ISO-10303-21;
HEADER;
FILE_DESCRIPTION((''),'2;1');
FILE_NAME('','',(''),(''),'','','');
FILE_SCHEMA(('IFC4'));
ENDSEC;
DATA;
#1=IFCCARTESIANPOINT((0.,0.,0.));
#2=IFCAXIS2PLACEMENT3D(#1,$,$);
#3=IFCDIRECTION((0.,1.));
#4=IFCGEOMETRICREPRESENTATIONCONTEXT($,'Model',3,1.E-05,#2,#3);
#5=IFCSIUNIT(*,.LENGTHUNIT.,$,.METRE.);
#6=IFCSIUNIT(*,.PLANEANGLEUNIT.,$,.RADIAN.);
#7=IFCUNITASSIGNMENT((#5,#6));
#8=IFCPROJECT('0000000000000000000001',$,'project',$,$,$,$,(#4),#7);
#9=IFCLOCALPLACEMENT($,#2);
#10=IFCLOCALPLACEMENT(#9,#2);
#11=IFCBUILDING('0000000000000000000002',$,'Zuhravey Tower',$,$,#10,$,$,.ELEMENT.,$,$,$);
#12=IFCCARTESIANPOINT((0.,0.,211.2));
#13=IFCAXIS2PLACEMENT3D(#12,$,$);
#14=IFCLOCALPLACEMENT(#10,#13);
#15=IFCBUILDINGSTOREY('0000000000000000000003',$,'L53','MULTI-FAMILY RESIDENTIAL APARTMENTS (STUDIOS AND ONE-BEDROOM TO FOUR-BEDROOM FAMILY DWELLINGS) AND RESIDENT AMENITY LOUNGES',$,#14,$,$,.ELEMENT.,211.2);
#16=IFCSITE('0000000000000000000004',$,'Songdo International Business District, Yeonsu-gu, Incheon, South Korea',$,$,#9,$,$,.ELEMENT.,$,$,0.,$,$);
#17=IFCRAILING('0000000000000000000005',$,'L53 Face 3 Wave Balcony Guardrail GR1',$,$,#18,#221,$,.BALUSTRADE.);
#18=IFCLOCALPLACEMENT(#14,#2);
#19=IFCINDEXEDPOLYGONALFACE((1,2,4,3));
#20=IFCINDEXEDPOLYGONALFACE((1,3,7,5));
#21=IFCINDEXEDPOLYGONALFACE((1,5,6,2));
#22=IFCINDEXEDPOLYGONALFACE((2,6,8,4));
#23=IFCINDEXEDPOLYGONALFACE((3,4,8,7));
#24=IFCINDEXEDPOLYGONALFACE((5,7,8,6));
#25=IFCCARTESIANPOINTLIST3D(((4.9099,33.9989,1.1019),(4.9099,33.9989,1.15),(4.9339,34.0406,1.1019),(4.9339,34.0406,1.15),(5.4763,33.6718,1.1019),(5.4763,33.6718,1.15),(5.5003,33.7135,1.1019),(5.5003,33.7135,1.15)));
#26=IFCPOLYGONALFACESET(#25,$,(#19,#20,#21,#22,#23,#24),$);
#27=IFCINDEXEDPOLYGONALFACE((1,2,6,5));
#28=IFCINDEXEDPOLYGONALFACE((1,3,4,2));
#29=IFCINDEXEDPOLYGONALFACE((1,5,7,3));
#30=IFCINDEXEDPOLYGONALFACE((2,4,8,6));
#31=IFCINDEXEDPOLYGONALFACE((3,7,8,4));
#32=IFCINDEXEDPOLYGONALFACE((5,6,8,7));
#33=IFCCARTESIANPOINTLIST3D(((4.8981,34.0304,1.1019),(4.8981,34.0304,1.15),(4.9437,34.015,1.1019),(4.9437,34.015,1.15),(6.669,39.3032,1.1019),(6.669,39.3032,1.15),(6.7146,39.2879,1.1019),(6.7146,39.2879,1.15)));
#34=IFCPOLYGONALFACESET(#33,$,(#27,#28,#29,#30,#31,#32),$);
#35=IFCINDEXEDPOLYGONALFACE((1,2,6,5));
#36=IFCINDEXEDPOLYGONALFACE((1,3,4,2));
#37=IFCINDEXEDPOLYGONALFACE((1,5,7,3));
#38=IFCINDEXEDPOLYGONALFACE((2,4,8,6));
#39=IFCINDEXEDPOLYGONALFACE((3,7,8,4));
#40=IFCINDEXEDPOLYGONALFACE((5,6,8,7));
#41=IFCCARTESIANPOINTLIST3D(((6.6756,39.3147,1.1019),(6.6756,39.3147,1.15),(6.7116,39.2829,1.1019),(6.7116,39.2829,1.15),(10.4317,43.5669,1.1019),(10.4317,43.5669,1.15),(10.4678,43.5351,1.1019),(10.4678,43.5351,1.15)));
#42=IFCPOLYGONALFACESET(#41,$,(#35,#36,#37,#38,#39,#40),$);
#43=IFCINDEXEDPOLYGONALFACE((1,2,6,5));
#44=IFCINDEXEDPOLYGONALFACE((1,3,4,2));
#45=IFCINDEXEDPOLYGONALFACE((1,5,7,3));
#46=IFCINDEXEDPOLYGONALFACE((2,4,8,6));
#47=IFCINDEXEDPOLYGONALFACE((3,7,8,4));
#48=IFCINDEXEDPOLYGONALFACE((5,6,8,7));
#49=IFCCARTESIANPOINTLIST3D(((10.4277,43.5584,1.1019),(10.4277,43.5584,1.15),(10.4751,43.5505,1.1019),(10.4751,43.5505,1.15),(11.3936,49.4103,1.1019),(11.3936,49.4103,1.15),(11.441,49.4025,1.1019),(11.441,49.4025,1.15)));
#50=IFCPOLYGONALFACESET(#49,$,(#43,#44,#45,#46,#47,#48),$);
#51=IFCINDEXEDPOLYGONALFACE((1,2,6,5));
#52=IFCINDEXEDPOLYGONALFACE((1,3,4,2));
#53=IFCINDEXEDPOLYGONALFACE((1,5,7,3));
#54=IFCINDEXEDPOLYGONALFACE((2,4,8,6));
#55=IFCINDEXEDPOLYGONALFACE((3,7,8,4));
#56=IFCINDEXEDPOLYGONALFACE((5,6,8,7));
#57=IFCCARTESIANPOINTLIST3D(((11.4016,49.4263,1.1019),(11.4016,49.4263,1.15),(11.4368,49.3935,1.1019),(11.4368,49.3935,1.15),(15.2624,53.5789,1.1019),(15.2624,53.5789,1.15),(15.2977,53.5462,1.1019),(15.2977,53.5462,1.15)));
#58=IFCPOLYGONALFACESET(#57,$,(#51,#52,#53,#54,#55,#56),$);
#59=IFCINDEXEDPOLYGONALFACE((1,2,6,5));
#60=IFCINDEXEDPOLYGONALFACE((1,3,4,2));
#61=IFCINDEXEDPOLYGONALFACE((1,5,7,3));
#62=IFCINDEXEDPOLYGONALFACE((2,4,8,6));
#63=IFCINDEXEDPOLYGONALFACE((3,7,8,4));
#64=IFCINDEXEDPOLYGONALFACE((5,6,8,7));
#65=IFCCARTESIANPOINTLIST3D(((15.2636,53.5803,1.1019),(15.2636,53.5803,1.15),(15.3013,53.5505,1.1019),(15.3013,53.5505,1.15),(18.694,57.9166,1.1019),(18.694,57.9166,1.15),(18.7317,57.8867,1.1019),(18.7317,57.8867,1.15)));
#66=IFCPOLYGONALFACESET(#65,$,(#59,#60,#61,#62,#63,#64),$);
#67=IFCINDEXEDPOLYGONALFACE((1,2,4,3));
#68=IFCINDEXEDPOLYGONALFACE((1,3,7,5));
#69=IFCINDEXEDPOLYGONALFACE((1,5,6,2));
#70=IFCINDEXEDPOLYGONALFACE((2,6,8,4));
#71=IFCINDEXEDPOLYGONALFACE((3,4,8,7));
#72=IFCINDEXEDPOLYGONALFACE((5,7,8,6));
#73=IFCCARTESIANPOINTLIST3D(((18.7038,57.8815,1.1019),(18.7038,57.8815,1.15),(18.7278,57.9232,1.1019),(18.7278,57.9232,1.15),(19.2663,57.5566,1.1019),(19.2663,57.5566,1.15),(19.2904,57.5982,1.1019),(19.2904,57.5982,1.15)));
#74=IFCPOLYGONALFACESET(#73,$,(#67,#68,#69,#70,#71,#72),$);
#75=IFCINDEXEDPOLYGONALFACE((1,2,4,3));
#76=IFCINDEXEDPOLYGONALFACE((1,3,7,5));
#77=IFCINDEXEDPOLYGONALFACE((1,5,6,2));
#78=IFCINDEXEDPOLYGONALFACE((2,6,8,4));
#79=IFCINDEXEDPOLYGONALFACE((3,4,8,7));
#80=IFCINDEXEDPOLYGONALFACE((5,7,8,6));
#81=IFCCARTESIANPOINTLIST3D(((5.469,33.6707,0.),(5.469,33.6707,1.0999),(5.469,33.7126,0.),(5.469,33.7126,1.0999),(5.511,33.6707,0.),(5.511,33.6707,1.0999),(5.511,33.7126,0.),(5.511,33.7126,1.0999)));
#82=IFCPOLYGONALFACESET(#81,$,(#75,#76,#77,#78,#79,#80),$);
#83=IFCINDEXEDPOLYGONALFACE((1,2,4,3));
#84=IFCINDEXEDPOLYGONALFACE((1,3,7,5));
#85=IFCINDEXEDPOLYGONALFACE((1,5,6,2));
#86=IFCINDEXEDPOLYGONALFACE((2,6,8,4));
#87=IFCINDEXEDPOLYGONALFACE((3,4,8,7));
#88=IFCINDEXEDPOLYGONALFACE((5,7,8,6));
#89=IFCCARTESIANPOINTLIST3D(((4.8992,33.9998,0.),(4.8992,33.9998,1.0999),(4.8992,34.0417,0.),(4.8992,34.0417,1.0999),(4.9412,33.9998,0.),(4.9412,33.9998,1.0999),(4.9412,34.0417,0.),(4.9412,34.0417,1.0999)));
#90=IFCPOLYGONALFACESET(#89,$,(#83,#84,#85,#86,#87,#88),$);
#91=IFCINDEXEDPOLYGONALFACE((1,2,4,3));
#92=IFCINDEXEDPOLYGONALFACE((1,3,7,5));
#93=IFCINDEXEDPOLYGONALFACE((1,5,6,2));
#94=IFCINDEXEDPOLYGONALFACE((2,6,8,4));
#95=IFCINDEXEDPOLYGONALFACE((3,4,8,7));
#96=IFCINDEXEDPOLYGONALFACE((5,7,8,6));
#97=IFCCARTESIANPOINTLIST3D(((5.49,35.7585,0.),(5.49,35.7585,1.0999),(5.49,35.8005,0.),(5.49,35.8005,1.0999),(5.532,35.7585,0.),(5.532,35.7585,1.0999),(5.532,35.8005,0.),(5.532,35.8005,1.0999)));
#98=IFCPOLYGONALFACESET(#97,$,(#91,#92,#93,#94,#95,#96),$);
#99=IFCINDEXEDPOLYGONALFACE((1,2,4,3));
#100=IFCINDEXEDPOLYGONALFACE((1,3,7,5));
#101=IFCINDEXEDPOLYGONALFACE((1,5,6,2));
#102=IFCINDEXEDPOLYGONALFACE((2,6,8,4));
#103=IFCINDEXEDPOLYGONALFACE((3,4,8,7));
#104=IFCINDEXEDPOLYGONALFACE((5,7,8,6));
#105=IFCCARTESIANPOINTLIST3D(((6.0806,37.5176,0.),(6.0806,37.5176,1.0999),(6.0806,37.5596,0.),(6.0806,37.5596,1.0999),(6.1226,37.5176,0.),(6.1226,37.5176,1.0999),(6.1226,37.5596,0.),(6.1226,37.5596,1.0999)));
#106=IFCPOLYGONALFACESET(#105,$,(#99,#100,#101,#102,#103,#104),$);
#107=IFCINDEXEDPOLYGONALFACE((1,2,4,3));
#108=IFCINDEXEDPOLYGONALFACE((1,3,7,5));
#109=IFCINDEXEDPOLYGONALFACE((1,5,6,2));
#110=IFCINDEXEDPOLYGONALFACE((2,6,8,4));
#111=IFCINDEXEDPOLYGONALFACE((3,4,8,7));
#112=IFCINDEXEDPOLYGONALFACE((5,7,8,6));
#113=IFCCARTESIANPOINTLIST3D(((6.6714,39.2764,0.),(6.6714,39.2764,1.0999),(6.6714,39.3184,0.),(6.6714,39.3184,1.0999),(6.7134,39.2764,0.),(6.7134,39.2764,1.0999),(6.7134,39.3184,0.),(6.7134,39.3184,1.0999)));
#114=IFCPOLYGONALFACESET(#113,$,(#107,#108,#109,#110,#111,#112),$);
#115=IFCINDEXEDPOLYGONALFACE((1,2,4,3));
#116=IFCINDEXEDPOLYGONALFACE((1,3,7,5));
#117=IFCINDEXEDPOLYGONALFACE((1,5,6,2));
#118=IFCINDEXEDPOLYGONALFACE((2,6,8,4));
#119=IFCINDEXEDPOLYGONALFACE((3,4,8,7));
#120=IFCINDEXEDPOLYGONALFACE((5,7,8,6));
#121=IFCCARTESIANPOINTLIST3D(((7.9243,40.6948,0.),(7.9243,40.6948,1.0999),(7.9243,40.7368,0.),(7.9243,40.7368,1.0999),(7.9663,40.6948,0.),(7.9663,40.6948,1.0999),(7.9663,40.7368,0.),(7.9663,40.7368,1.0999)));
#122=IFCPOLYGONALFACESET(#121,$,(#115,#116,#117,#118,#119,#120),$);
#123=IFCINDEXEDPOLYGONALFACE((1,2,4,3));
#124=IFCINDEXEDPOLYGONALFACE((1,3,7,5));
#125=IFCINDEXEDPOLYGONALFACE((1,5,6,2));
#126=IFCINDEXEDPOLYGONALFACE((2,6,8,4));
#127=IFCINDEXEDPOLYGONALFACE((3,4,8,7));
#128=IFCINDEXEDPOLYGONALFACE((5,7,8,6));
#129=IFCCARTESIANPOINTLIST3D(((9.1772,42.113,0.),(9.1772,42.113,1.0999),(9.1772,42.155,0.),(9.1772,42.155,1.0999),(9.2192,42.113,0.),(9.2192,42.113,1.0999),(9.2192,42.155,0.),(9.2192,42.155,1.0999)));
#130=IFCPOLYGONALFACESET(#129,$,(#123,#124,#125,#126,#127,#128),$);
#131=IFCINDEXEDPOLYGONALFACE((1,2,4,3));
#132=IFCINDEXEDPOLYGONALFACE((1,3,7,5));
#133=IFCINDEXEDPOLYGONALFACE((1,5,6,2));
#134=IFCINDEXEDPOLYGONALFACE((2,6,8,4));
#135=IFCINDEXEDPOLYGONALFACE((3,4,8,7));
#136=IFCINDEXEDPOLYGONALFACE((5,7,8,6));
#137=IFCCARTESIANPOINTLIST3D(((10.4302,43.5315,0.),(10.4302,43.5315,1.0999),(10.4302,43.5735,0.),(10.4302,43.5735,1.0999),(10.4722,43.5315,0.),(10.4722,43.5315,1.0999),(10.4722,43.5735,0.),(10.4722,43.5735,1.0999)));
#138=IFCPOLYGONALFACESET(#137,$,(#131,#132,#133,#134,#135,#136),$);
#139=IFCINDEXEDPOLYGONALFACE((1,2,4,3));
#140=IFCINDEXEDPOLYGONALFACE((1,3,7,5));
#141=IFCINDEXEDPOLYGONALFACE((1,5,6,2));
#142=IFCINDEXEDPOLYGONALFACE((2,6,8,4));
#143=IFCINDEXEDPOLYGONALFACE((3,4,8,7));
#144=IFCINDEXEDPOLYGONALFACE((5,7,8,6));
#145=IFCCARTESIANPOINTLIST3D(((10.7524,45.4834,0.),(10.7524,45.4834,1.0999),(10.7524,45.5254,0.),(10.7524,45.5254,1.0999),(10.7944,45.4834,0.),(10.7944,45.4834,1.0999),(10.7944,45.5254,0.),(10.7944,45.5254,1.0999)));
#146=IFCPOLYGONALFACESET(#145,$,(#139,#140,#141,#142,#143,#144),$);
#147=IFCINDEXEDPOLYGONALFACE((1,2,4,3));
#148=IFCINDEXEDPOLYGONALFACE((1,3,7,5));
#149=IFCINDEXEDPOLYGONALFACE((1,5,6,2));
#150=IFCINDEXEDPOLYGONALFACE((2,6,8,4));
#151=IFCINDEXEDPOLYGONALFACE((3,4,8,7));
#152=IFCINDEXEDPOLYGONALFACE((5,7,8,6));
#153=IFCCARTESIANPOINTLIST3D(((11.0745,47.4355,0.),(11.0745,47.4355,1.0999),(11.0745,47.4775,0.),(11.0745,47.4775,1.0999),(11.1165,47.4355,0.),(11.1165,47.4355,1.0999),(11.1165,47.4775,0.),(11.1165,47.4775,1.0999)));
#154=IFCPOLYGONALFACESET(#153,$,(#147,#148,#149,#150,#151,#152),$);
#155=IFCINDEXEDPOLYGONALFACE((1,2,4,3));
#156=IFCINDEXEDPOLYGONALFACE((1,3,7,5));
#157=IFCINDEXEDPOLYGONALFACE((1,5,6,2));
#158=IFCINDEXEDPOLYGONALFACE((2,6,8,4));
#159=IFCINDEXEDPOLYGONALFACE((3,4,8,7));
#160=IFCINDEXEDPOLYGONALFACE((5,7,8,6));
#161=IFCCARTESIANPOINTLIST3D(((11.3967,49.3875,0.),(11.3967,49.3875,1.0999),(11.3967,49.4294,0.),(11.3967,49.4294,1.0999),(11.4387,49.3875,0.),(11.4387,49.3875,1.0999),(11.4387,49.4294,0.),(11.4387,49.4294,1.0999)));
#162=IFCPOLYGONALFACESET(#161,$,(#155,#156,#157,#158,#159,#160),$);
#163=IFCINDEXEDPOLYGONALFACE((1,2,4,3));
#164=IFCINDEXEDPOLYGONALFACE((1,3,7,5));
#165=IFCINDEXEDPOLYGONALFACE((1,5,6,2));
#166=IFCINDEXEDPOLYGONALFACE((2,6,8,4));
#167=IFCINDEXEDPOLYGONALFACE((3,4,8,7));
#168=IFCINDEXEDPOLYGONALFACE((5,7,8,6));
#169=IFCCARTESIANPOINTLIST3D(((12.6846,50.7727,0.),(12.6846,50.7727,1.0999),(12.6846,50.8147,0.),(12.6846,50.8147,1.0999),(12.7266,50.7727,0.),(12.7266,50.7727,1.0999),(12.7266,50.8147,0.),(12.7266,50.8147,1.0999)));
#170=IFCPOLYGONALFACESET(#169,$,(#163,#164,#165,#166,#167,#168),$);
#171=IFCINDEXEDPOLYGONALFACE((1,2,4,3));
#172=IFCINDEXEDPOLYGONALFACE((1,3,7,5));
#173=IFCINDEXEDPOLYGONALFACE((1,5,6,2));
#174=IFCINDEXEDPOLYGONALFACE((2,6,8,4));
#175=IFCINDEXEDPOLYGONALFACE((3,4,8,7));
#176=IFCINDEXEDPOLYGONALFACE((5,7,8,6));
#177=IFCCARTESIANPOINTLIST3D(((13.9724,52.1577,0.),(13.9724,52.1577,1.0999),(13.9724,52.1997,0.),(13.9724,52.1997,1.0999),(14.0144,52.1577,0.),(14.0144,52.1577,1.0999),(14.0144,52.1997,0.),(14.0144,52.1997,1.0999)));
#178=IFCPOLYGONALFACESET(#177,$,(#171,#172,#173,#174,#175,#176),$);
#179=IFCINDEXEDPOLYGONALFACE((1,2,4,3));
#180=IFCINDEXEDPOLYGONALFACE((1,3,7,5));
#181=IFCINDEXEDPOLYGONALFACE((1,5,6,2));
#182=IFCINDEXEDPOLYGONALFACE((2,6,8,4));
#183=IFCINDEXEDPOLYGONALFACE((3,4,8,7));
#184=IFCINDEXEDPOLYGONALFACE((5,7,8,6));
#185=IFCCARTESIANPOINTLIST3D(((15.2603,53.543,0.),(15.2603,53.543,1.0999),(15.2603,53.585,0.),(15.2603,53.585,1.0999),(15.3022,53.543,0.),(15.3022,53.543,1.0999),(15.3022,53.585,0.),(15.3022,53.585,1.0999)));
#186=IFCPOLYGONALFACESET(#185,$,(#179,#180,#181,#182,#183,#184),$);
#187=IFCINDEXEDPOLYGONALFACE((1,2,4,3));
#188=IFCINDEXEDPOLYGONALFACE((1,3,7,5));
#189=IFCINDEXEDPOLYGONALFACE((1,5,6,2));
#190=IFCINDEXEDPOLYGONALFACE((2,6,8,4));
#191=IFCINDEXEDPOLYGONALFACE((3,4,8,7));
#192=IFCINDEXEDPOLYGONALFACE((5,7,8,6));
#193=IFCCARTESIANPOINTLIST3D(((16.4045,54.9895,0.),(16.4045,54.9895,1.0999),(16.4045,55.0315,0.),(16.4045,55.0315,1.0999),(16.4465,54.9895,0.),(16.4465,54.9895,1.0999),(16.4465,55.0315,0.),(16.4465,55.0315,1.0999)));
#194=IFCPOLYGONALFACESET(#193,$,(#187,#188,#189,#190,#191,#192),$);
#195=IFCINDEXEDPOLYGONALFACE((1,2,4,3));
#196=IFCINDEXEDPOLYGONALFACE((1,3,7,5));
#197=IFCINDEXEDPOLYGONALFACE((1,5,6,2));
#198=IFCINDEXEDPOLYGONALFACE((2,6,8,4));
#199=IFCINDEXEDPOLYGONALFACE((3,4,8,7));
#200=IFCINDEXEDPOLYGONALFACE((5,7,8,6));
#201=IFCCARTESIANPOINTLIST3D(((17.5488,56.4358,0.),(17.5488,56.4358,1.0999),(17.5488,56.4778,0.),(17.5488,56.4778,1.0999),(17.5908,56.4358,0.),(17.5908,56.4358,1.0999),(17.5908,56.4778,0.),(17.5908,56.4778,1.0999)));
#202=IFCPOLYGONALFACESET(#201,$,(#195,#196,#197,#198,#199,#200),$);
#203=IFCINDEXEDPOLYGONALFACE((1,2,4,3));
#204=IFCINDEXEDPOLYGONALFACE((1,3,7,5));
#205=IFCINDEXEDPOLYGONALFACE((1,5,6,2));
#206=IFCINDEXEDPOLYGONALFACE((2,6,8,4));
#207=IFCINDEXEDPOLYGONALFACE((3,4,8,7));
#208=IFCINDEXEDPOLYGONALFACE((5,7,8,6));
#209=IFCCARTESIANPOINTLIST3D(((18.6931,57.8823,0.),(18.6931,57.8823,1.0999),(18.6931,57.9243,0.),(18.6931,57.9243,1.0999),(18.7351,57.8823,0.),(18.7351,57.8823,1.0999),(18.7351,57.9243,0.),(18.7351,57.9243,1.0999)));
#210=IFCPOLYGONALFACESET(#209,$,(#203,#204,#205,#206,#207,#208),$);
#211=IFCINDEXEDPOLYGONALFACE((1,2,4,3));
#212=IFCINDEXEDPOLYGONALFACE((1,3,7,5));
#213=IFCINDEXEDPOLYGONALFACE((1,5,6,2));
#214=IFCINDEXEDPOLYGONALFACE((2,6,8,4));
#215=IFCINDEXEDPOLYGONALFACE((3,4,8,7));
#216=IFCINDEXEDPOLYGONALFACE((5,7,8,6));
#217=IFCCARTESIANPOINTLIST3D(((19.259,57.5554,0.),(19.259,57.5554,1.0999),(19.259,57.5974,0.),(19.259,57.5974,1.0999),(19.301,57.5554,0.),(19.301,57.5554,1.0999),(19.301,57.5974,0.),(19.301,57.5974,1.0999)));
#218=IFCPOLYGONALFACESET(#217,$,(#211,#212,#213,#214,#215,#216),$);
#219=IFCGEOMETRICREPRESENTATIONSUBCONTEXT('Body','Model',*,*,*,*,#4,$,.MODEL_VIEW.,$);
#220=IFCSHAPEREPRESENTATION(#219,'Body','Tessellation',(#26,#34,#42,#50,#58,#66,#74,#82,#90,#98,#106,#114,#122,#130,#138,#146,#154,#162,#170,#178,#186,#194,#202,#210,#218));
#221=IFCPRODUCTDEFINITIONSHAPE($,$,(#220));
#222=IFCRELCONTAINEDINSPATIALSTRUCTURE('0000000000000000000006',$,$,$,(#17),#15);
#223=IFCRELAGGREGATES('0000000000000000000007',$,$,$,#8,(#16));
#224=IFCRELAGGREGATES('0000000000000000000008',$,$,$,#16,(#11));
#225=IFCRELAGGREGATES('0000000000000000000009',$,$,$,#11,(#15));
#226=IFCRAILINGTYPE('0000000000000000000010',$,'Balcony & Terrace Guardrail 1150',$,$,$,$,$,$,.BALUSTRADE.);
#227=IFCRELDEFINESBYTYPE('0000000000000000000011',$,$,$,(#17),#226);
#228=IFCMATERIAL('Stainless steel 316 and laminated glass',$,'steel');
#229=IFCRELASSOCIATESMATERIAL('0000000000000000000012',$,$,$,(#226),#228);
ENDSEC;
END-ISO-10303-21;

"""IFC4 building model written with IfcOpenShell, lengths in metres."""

from ifc_helpers import new_model, si_unit, direction, frame, origin, origin_2d, place, context, subcontext, project, spatial, rectangle, extrude, material, type_object, element, save


model = new_model("IFC4")

# Units and contexts
model_context = context("Model", 3, precision=1e-05, world=origin(), true_north=direction((0.0, 1.0)))
body_context = subcontext(model_context, "Body", "Model", "MODEL_VIEW")
ifc_project = project(units=[si_unit("LENGTHUNIT", "METRE"), si_unit("PLANEANGLEUNIT", "RADIAN")], contexts=[model_context])

# Site, building, storey
site_placement = place(None, origin())
site = spatial("IfcSite", under=ifc_project, at=site_placement, Name="Songdo International Business District, Yeonsu-gu, Incheon, South Korea", CompositionType="ELEMENT", RefElevation=0.0)
building_placement = place(site_placement, origin())
building = spatial("IfcBuilding", under=site, at=building_placement, Name="Zuhravey Tower", CompositionType="ELEMENT")
storey_placement = place(building_placement, frame((0.0, 0.0, 211.2)))
storey = spatial("IfcBuildingStorey", under=building, at=storey_placement, Name="L53", Description="MULTI-FAMILY RESIDENTIAL APARTMENTS (STUDIOS AND ONE-BEDROOM TO FOUR-BEDROOM FAMILY DWELLINGS) AND RESIDENT AMENITY LOUNGES", CompositionType="ELEMENT", Elevation=211.2)

# Railing
ifc_material_1 = material(Name="Stainless steel 316 and laminated glass", Category="steel")
railing_type = type_object("IfcRailingType", Name="Balcony & Terrace Guardrail 1150", PredefinedType="BALUSTRADE", material=ifc_material_1)
railing_placement = place(storey_placement, frame((5.49, 33.6917, 0.0)))
element("IfcRailing", 1, at=railing_placement, inside=storey, type_object=railing_type, Name="L53 Face 3 Wave Balcony Guardrail GR1", PredefinedType="BALUSTRADE", context=body_context, shape_type="SweptSolid", body=[
    extrude(rectangle(XDim=0.0481, YDim=0.0481, at=origin_2d()), frame((-0.0017, 0.001, 1.126), z_axis=(-0.865951, 0.500129, 0.0), x_axis=(-0.500129, -0.865951, 0.0)), (0.0, 0.0, 1.0), 0.6541),
    extrude(rectangle(XDim=0.0481, YDim=0.0481, at=origin_2d()), frame((-0.5691, 0.3311, 1.126), z_axis=(0.318385, 0.947962, 0.0), x_axis=(-0.947962, 0.318385, 0.0)), (0.0, 0.0, 1.0), 5.5623),
    extrude(rectangle(XDim=0.0481, YDim=0.0481, at=origin_2d()), frame((1.2036, 5.6072, 1.126), z_axis=(0.662044, 0.749465, 0.0), x_axis=(-0.749465, 0.662044, 0.0)), (0.0, 0.0, 1.0), 5.6736),
    extrude(rectangle(XDim=0.0481, YDim=0.0481, at=origin_2d()), frame((4.9614, 9.8628, 1.126), z_axis=(0.162851, 0.986651, 0.0), x_axis=(-0.986651, 0.162851, 0.0)), (0.0, 0.0, 1.0), 5.9312),
    extrude(rectangle(XDim=0.0481, YDim=0.0481, at=origin_2d()), frame((5.9292, 15.7183, 1.126), z_axis=(0.680908, 0.732369, 0.0), x_axis=(-0.732369, 0.680908, 0.0)), (0.0, 0.0, 1.0), 5.6702),
    extrude(rectangle(XDim=0.0481, YDim=0.0481, at=origin_2d()), frame((9.7925, 19.8738, 1.126), z_axis=(0.620429, 0.784262, 0.0), x_axis=(-0.784262, 0.620429, 0.0)), (0.0, 0.0, 1.0), 5.5291),
    extrude(rectangle(XDim=0.0481, YDim=0.0481, at=origin_2d()), frame((13.2258, 24.2107, 1.126), z_axis=(0.865912, -0.500197, 0.0), x_axis=(0.500197, 0.865912, 0.0)), (0.0, 0.0, 1.0), 0.6497),
    extrude(rectangle(XDim=0.042, YDim=0.042, at=origin_2d()), origin(), (0.0, 0.0, 1.0), 1.0999),
    extrude(rectangle(XDim=0.042, YDim=0.042, at=origin_2d()), frame((-0.5698, 0.3291, 0.0)), (0.0, 0.0, 1.0), 1.0999),
    extrude(rectangle(XDim=0.042, YDim=0.042, at=origin_2d()), frame((0.021, 2.0879, 0.0)), (0.0, 0.0, 1.0), 1.0999),
    extrude(rectangle(XDim=0.042, YDim=0.042, at=origin_2d()), frame((0.6116, 3.8469, 0.0)), (0.0, 0.0, 1.0), 1.0999),
    extrude(rectangle(XDim=0.042, YDim=0.042, at=origin_2d()), frame((1.2024, 5.6057, 0.0)), (0.0, 0.0, 1.0), 1.0999),
    extrude(rectangle(XDim=0.042, YDim=0.042, at=origin_2d()), frame((2.4553, 7.0242, 0.0)), (0.0, 0.0, 1.0), 1.0999),
    extrude(rectangle(XDim=0.042, YDim=0.042, at=origin_2d()), frame((3.7083, 8.4424, 0.0)), (0.0, 0.0, 1.0), 1.0999),
    extrude(rectangle(XDim=0.042, YDim=0.042, at=origin_2d()), frame((4.9612, 9.8608, 0.0)), (0.0, 0.0, 1.0), 1.0999),
    extrude(rectangle(XDim=0.042, YDim=0.042, at=origin_2d()), frame((5.2834, 11.8127, 0.0)), (0.0, 0.0, 1.0), 1.0999),
    extrude(rectangle(XDim=0.042, YDim=0.042, at=origin_2d()), frame((5.6055, 13.7649, 0.0)), (0.0, 0.0, 1.0), 1.0999),
    extrude(rectangle(XDim=0.042, YDim=0.042, at=origin_2d()), frame((5.9277, 15.7168, 0.0)), (0.0, 0.0, 1.0), 1.0999),
    extrude(rectangle(XDim=0.042, YDim=0.042, at=origin_2d()), frame((7.2156, 17.1021, 0.0)), (0.0, 0.0, 1.0), 1.0999),
    extrude(rectangle(XDim=0.042, YDim=0.042, at=origin_2d()), frame((8.5034, 18.4871, 0.0)), (0.0, 0.0, 1.0), 1.0999),
    extrude(rectangle(XDim=0.042, YDim=0.042, at=origin_2d()), frame((9.7913, 19.8723, 0.0)), (0.0, 0.0, 1.0), 1.0999),
    extrude(rectangle(XDim=0.042, YDim=0.042, at=origin_2d()), frame((10.9355, 21.3188, 0.0)), (0.0, 0.0, 1.0), 1.0999),
    extrude(rectangle(XDim=0.042, YDim=0.042, at=origin_2d()), frame((12.0798, 22.7651, 0.0)), (0.0, 0.0, 1.0), 1.0999),
    extrude(rectangle(XDim=0.042, YDim=0.042, at=origin_2d()), frame((13.2241, 24.2117, 0.0)), (0.0, 0.0, 1.0), 1.0999),
    extrude(rectangle(XDim=0.042, YDim=0.042, at=origin_2d()), frame((13.79, 23.8848, 0.0)), (0.0, 0.0, 1.0), 1.0999),
])

save(model, "model.ifc")
